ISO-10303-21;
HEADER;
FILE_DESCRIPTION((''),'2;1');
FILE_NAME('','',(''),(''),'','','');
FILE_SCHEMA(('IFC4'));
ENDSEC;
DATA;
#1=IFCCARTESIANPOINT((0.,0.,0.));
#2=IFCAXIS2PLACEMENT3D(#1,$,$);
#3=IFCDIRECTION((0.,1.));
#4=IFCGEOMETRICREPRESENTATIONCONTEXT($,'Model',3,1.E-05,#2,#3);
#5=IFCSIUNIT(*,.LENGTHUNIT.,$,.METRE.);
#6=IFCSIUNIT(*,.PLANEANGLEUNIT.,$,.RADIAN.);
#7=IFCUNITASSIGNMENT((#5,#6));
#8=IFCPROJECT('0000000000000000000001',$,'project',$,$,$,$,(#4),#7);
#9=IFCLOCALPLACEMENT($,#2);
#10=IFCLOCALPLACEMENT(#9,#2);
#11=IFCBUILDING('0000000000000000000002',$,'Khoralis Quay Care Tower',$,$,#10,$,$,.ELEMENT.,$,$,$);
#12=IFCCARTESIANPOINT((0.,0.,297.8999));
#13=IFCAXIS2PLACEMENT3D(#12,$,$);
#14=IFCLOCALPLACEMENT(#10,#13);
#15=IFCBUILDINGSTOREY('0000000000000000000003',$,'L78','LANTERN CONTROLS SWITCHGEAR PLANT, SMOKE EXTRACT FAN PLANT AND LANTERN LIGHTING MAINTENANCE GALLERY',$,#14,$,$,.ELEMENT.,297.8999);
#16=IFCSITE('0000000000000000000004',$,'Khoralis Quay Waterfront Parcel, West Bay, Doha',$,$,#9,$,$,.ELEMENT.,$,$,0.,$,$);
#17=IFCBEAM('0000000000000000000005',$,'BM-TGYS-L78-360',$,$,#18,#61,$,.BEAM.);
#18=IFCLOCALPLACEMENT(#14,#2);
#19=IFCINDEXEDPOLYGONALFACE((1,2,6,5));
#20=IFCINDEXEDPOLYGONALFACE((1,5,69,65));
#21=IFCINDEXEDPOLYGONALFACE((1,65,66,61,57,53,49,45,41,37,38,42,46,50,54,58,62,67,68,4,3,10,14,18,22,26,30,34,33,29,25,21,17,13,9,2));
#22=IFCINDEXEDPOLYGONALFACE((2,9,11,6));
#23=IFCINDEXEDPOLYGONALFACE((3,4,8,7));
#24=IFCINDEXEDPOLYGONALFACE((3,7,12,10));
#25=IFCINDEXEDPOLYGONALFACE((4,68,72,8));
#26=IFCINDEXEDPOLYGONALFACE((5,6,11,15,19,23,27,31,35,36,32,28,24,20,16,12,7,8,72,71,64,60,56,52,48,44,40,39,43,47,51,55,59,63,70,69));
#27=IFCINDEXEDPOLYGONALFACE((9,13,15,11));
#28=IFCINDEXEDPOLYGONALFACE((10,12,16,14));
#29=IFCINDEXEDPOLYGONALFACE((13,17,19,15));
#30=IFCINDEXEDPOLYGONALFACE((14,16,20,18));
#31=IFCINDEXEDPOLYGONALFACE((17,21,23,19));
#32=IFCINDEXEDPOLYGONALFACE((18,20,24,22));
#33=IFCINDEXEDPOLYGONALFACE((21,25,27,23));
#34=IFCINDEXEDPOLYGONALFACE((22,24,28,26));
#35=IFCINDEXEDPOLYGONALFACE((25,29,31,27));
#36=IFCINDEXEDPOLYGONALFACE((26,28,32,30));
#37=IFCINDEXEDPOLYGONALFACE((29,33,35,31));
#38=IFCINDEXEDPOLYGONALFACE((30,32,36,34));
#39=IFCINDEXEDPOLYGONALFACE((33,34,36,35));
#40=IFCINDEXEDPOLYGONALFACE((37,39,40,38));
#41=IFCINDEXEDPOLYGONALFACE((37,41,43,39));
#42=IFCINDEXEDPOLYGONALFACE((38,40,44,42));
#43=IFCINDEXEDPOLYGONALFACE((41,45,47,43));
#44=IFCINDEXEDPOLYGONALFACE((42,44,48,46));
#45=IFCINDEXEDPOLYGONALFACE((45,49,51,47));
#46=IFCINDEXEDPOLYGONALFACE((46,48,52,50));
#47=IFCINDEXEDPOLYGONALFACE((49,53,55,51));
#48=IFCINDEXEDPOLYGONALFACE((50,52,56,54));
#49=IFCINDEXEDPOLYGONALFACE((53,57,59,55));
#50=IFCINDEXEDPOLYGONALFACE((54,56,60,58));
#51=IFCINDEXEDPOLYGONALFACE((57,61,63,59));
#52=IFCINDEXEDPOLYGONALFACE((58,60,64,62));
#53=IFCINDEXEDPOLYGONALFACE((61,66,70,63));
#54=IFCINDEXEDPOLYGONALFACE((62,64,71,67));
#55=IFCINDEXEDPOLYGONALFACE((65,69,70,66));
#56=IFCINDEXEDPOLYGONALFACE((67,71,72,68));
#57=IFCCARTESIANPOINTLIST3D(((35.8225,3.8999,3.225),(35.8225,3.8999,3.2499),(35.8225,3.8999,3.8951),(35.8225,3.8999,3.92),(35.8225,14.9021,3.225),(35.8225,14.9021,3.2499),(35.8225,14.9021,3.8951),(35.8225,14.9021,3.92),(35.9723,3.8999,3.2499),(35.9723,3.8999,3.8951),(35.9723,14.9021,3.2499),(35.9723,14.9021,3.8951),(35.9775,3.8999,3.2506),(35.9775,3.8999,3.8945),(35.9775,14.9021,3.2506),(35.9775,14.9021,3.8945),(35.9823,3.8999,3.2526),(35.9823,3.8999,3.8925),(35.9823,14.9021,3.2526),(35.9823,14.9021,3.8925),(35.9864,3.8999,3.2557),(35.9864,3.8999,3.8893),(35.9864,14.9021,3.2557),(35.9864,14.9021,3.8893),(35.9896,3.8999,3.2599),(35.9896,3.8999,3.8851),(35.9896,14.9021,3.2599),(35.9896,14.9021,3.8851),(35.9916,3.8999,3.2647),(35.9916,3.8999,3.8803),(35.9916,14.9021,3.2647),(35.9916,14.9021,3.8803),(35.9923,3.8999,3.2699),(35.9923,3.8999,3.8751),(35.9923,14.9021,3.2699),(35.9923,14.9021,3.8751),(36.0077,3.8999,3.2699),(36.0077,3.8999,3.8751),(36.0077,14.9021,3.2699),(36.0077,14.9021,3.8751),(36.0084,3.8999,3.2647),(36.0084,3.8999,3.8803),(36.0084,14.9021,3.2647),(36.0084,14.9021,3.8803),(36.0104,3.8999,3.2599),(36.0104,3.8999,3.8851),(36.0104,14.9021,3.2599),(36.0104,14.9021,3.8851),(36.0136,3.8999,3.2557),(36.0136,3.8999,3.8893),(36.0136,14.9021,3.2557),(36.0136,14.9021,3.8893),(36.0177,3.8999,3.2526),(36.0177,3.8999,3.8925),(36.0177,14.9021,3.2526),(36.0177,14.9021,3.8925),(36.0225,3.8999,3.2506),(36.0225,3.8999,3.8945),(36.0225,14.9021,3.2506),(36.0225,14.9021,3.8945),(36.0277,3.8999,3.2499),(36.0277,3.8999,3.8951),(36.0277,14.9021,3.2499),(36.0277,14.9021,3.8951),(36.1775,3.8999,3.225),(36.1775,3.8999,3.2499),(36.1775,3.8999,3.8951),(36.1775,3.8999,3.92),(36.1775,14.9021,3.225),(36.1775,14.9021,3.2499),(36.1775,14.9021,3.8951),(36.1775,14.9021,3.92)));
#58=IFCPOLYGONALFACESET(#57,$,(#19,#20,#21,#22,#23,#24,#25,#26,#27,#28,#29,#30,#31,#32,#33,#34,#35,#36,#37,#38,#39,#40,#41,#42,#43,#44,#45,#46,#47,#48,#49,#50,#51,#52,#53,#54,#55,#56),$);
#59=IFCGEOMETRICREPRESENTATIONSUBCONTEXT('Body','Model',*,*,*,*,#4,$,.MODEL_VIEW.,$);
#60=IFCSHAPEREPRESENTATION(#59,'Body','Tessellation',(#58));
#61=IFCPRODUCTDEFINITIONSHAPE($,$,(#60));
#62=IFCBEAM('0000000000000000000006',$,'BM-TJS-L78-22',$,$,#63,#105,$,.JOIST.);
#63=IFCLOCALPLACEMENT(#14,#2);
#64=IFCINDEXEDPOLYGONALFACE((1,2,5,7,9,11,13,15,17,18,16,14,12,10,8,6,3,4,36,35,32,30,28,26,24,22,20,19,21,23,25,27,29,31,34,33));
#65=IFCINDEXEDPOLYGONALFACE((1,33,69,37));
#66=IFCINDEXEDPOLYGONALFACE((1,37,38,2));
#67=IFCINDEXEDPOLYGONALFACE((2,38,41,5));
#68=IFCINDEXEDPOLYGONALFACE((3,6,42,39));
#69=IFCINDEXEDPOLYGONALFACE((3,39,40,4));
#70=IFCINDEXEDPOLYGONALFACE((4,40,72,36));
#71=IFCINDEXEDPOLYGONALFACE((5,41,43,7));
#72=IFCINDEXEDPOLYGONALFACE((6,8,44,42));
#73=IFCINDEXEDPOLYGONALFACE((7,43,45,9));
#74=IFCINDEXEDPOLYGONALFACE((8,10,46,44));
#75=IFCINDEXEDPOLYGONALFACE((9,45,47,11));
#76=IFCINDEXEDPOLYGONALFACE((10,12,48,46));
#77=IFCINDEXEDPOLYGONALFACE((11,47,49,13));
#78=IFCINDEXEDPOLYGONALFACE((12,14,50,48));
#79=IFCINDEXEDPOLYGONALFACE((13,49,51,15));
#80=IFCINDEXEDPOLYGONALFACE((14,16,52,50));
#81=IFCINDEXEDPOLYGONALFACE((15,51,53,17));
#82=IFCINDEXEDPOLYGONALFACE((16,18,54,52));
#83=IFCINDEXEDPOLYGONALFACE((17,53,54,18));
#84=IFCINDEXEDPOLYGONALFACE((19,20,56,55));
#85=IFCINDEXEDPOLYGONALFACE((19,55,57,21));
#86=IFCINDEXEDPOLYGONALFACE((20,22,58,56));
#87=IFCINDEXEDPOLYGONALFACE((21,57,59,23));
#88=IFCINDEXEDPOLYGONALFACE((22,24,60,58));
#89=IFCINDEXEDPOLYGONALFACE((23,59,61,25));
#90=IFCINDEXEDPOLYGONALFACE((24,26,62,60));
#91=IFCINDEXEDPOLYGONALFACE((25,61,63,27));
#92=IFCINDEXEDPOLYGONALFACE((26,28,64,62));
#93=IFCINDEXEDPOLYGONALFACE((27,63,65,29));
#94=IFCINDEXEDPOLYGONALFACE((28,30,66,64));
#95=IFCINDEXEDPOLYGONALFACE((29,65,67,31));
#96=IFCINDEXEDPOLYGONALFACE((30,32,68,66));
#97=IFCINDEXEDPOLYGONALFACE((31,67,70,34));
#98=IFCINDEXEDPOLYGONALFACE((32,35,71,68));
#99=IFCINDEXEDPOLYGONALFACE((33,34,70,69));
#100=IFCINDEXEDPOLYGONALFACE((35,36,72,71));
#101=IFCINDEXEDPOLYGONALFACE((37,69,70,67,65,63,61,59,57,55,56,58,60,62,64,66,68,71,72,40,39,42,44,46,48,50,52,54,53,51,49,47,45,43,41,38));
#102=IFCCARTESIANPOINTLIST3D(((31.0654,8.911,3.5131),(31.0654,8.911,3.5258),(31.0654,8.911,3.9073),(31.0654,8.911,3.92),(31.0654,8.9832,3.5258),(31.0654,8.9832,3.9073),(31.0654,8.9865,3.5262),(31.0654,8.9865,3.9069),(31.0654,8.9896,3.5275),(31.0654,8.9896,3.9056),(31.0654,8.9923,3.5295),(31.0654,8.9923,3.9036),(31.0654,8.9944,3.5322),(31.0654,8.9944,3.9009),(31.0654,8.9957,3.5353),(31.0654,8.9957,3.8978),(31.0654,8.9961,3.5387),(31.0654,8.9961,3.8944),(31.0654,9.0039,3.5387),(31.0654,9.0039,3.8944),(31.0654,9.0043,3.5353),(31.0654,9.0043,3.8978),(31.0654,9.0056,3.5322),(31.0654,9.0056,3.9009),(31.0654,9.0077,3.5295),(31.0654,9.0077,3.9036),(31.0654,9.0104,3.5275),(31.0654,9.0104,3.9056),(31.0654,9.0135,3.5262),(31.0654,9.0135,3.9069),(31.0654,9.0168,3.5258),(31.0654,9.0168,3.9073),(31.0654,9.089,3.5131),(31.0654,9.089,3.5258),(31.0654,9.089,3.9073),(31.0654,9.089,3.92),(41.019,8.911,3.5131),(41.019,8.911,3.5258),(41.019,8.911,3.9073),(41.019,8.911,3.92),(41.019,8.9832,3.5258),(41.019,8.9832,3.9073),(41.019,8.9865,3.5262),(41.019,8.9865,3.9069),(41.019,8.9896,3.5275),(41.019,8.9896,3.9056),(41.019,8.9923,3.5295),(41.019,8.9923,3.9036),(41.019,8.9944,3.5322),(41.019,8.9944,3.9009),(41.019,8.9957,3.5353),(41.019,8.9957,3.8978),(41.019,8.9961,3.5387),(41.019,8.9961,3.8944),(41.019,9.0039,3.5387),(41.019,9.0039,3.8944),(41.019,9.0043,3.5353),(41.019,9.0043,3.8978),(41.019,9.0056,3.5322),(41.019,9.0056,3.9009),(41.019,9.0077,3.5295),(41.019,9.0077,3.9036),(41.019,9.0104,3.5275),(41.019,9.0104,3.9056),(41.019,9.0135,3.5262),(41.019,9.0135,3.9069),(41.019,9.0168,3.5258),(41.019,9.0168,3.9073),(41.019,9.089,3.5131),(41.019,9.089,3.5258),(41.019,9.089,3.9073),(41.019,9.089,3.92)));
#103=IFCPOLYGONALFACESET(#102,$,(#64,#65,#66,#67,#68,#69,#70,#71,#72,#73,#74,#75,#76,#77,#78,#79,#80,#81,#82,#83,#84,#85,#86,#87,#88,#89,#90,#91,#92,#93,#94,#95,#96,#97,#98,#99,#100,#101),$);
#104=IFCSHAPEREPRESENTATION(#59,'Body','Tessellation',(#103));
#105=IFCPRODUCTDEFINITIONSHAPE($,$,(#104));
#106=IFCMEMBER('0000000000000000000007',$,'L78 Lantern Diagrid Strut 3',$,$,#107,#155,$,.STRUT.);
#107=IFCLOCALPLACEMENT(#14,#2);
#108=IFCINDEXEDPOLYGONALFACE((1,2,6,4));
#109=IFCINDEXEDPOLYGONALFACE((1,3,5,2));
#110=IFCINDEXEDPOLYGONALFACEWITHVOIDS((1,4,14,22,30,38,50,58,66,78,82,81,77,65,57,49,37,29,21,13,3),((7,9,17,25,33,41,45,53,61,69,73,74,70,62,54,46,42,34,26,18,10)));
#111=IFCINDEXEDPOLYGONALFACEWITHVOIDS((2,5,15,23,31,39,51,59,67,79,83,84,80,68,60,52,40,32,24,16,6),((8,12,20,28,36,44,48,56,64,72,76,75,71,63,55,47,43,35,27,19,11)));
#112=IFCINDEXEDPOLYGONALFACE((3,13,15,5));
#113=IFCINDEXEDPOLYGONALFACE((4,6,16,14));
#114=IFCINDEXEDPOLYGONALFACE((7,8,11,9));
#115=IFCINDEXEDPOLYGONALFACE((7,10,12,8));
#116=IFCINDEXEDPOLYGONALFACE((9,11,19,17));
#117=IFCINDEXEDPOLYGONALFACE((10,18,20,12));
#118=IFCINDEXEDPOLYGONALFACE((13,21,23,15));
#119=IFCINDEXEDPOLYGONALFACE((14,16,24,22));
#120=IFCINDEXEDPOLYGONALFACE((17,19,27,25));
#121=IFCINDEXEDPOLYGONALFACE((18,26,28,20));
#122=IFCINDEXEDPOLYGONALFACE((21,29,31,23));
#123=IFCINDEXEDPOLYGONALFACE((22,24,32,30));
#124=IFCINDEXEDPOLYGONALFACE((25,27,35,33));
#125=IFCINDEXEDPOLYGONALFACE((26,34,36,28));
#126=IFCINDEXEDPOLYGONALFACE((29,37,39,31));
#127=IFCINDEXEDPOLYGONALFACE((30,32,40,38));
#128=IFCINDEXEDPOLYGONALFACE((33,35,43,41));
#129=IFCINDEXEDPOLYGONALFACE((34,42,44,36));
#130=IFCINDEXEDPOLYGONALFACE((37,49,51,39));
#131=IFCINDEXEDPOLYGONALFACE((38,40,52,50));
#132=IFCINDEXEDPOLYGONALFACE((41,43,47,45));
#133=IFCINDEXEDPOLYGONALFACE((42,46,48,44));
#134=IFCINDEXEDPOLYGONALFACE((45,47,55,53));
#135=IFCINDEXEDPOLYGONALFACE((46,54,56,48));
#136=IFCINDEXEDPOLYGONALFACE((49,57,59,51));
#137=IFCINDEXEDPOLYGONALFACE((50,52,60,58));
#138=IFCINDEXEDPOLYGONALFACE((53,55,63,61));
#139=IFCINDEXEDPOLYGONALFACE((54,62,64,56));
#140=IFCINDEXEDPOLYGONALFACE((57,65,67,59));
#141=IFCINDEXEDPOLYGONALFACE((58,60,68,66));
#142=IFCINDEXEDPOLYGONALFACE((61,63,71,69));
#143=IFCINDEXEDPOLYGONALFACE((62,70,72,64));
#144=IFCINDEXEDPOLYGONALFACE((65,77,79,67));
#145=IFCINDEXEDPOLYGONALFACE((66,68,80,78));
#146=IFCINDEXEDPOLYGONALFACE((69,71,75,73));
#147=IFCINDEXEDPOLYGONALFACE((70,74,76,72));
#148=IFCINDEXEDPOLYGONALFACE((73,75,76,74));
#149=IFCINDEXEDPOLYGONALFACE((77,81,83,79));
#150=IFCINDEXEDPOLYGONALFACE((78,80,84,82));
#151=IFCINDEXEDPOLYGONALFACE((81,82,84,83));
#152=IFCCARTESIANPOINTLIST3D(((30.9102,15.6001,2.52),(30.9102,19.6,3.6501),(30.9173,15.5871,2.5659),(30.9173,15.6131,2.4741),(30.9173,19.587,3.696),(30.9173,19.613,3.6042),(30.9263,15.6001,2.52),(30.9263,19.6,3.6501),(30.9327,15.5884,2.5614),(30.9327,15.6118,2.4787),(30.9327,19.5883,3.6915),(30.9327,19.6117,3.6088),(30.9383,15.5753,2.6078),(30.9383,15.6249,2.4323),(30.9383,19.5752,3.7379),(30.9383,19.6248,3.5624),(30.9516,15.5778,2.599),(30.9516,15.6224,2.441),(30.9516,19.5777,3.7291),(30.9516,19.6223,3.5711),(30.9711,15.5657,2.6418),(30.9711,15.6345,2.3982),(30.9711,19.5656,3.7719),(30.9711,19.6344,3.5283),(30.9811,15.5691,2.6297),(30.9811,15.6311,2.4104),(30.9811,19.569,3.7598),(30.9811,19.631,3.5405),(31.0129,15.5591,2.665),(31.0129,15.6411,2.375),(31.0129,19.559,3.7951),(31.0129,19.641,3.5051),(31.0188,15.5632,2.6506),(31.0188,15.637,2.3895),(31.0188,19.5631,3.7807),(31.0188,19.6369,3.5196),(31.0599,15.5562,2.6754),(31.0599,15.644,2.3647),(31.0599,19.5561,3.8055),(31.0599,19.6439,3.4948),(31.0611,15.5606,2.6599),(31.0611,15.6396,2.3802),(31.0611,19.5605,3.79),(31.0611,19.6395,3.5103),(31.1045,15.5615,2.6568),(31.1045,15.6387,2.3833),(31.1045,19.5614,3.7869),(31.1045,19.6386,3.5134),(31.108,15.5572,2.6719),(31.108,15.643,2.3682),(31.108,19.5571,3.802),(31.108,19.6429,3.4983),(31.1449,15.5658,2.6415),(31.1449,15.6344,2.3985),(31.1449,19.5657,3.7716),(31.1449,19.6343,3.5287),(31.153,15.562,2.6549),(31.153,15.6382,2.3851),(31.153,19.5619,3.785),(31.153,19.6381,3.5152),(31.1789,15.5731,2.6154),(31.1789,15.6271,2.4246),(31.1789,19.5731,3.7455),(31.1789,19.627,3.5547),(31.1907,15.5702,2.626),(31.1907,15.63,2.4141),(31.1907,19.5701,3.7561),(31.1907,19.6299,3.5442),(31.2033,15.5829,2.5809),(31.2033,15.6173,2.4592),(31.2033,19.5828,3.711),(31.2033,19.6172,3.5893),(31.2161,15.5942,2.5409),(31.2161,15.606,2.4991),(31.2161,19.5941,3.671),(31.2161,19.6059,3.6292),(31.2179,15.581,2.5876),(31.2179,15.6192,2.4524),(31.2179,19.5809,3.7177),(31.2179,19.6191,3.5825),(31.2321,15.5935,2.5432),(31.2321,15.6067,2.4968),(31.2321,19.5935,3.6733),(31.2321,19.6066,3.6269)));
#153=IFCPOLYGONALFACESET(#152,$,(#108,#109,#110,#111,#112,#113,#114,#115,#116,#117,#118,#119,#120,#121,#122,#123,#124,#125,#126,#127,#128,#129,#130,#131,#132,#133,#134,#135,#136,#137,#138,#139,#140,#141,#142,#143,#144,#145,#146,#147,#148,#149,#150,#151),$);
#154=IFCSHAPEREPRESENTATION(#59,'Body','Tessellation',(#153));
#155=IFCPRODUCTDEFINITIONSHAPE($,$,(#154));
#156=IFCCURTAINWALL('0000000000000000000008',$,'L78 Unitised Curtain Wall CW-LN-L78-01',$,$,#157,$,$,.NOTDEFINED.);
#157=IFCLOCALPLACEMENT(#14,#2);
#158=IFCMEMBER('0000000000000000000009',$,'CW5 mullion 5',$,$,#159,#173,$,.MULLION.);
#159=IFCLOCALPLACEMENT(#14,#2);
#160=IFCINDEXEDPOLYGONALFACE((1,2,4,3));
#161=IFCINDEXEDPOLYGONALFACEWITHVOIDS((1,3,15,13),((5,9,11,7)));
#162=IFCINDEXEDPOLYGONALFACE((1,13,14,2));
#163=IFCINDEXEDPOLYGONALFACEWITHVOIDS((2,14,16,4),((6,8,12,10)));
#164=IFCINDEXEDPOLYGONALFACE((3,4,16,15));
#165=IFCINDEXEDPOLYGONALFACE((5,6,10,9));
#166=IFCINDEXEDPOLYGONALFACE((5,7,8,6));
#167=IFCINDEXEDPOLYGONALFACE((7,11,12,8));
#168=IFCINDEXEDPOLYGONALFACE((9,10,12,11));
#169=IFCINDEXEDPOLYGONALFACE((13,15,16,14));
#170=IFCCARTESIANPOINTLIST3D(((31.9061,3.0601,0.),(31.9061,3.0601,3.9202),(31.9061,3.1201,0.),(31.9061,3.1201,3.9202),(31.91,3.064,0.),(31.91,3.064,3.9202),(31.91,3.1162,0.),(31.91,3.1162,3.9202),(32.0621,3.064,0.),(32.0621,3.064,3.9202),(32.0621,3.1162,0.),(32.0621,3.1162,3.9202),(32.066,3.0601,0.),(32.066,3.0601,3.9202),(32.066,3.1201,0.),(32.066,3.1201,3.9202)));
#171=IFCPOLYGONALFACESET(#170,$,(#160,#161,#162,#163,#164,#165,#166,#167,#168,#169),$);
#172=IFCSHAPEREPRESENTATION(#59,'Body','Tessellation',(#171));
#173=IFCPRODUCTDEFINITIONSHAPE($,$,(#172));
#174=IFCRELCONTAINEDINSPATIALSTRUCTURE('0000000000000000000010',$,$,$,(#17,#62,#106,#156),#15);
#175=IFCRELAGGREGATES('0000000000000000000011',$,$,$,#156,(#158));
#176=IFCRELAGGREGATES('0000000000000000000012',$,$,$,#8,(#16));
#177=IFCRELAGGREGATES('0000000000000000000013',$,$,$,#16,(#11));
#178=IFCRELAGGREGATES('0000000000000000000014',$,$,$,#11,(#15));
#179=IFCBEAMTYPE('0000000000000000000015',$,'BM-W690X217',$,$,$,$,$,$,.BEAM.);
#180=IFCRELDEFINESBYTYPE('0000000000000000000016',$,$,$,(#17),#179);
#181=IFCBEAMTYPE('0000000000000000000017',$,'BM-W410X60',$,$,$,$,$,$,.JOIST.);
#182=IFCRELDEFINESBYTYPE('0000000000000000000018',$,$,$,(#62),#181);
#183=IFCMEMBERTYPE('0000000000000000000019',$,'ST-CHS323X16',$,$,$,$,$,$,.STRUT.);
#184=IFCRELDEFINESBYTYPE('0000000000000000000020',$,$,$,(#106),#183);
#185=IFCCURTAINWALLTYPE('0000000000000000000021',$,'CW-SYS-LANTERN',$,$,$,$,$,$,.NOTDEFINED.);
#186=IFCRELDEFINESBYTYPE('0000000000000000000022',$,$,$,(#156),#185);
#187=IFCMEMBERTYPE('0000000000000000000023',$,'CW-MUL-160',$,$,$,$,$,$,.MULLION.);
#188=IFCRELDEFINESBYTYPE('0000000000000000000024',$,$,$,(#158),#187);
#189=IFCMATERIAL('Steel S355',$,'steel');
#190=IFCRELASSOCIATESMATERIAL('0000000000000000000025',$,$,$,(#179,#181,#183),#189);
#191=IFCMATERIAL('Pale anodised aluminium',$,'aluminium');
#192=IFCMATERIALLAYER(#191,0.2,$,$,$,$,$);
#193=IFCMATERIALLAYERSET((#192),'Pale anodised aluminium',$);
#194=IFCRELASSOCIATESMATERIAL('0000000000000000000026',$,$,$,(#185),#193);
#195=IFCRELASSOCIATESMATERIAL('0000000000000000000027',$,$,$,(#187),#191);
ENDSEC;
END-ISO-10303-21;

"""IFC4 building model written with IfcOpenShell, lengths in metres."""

from ifc_helpers import new_model, si_unit, direction, frame, origin, origin_2d, place, context, subcontext, project, spatial, hollow_rectangle, hollow_circle, i_section, extrude, source, transform, mapped, material, layer, layer_set, material_profile, profile_set, type_object, element, aggregate, save


model = new_model("IFC4")

# Units and contexts
model_context = context("Model", 3, precision=1e-05, world=origin(), true_north=direction((0.0, 1.0)))
body_context = subcontext(model_context, "Body", "Model", "MODEL_VIEW")
ifc_project = project(units=[si_unit("LENGTHUNIT", "METRE"), si_unit("PLANEANGLEUNIT", "RADIAN")], contexts=[model_context])

# Site, building, storey
site_placement = place(None, origin())
site = spatial("IfcSite", under=ifc_project, at=site_placement, Name="Khoralis Quay Waterfront Parcel, West Bay, Doha", CompositionType="ELEMENT", RefElevation=0.0)
building_placement = place(site_placement, origin())
building = spatial("IfcBuilding", under=site, at=building_placement, Name="Khoralis Quay Care Tower", CompositionType="ELEMENT")
storey_placement = place(building_placement, frame((0.0, 0.0, 297.8999)))
storey = spatial("IfcBuildingStorey", under=building, at=storey_placement, Name="L78", Description="LANTERN CONTROLS SWITCHGEAR PLANT, SMOKE EXTRACT FAN PLANT AND LANTERN LIGHTING MAINTENANCE GALLERY", CompositionType="ELEMENT", Elevation=297.8999)

# Shared definitions
ifc_material_1 = material(Name="Steel S355", Category="steel")

# Beams
ifc_material_profile_1 = material_profile(ifc_material_1, i_section(OverallWidth=0.355, OverallDepth=0.6951, WebThickness=0.0154, FlangeThickness=0.0249, FilletRadius=0.02, at=origin_2d()), Name="Steel S355")
ifc_profile_set_1 = profile_set([ifc_material_profile_1], Name="Steel S355")
beam_type_1 = type_object("IfcBeamType", Name="BM-W690X217", PredefinedType="BEAM", material=ifc_profile_set_1)
shared_shape_1 = source(origin(), body_context, "Body", "SweptSolid", [
    extrude(i_section(OverallWidth=0.355, OverallDepth=0.6951, WebThickness=0.0154, FlangeThickness=0.0249, FilletRadius=0.02, at=origin_2d()), origin(), (0.0, 0.0, 1.0), 11.0022),
])
beam_1_placement = place(storey_placement, frame((36.0, 3.8999, 3.5725), z_axis=(0.0, 1.0, 0.0), x_axis=(-1.0, 0.0, 0.0)))
element("IfcBeam", 1, at=beam_1_placement, inside=storey, type_object=beam_type_1, Name="BM-TGYS-L78-360", PredefinedType="BEAM", context=body_context, shape_type="MappedRepresentation", body=[
    mapped(shared_shape_1, transform((0.0, 0.0, 0.0), scale=1.0)),
])
ifc_material_profile_2 = material_profile(ifc_material_1, i_section(OverallWidth=0.178, OverallDepth=0.407, WebThickness=0.0078, FlangeThickness=0.0127, FilletRadius=0.0129, at=origin_2d()), Name="Steel S355")
ifc_profile_set_2 = profile_set([ifc_material_profile_2], Name="Steel S355")
beam_type_2 = type_object("IfcBeamType", Name="BM-W410X60", PredefinedType="JOIST", material=ifc_profile_set_2)
shared_shape_2 = source(origin(), body_context, "Body", "SweptSolid", [
    extrude(i_section(OverallWidth=0.178, OverallDepth=0.407, WebThickness=0.0078, FlangeThickness=0.0127, FilletRadius=0.0129, at=origin_2d()), origin(), (0.0, 0.0, 1.0), 9.9536),
])
beam_2_placement = place(storey_placement, frame((31.0654, 9.0, 3.7166), z_axis=(1.0, 0.0, 0.0), x_axis=(0.0, 1.0, 0.0)))
element("IfcBeam", 2, at=beam_2_placement, inside=storey, type_object=beam_type_2, Name="BM-TJS-L78-22", PredefinedType="JOIST", context=body_context, shape_type="MappedRepresentation", body=[
    mapped(shared_shape_2, transform((0.0, 0.0, 0.0), scale=1.0)),
])

# Member
ifc_material_profile_3 = material_profile(ifc_material_1, hollow_circle(Radius=0.1619, WallThickness=0.0161, at=origin_2d()), Name="Steel S355")
ifc_profile_set_3 = profile_set([ifc_material_profile_3], Name="Steel S355")
member_type_1 = type_object("IfcMemberType", Name="ST-CHS323X16", PredefinedType="STRUT", material=ifc_profile_set_3)
shared_shape_3 = source(origin(), body_context, "Body", "SweptSolid", [
    extrude(hollow_circle(Radius=0.1619, WallThickness=0.0161, at=origin_2d()), origin(), (0.0, 0.0, 1.0), 4.1565),
])
member_1_placement = place(storey_placement, frame((31.072, 15.6001, 2.52), z_axis=(0.0, 0.962329, 0.271888), x_axis=(-1.0, 0.0, 0.0)))
element("IfcMember", 3, at=member_1_placement, inside=storey, type_object=member_type_1, Name="L78 Lantern Diagrid Strut 3", PredefinedType="STRUT", context=body_context, shape_type="MappedRepresentation", body=[
    mapped(shared_shape_3, transform((0.0, 0.0, 0.0), scale=1.0)),
])

# Curtain wall, member
ifc_material_2 = material(Name="Pale anodised aluminium", Category="aluminium")
ifc_layer_1 = layer(ifc_material_2, 0.2)
ifc_layer_set_1 = layer_set([ifc_layer_1], Name="Pale anodised aluminium")
curtain_wall_type = type_object("IfcCurtainWallType", Name="CW-SYS-LANTERN", PredefinedType="NOTDEFINED", material=ifc_layer_set_1)
curtain_wall_placement = place(storey_placement, origin())
curtain_wall = element("IfcCurtainWall", 4, at=curtain_wall_placement, inside=storey, type_object=curtain_wall_type, Name="L78 Unitised Curtain Wall CW-LN-L78-01", PredefinedType="NOTDEFINED")
ifc_material_profile_4 = material_profile(ifc_material_2, hollow_rectangle(XDim=0.0601, YDim=0.1599, WallThickness=0.0039, at=origin_2d()), Name="Pale anodised aluminium")
ifc_profile_set_4 = profile_set([ifc_material_profile_4], Name="Pale anodised aluminium")
member_type_2 = type_object("IfcMemberType", Name="CW-MUL-160", PredefinedType="MULLION", material=ifc_profile_set_4)
shared_shape_4 = source(origin(), body_context, "Body", "SweptSolid", [
    extrude(hollow_rectangle(XDim=0.0601, YDim=0.1599, WallThickness=0.0039, at=origin_2d()), origin(), (0.0, 0.0, 1.0), 3.9202),
])
member_2_placement = place(storey_placement, frame((31.9861, 3.0901, 0.0), z_axis=(0.0, 0.0, 1.0), x_axis=(0.0, 1.0, 0.0)))
member_2 = element("IfcMember", 5, at=member_2_placement, type_object=member_type_2, Name="CW5 mullion 5", PredefinedType="MULLION", context=body_context, shape_type="MappedRepresentation", body=[
    mapped(shared_shape_4, transform((0.0, 0.0, 0.0), scale=1.0)),
])

aggregate(curtain_wall, [member_2])

save(model, "model.ifc")
